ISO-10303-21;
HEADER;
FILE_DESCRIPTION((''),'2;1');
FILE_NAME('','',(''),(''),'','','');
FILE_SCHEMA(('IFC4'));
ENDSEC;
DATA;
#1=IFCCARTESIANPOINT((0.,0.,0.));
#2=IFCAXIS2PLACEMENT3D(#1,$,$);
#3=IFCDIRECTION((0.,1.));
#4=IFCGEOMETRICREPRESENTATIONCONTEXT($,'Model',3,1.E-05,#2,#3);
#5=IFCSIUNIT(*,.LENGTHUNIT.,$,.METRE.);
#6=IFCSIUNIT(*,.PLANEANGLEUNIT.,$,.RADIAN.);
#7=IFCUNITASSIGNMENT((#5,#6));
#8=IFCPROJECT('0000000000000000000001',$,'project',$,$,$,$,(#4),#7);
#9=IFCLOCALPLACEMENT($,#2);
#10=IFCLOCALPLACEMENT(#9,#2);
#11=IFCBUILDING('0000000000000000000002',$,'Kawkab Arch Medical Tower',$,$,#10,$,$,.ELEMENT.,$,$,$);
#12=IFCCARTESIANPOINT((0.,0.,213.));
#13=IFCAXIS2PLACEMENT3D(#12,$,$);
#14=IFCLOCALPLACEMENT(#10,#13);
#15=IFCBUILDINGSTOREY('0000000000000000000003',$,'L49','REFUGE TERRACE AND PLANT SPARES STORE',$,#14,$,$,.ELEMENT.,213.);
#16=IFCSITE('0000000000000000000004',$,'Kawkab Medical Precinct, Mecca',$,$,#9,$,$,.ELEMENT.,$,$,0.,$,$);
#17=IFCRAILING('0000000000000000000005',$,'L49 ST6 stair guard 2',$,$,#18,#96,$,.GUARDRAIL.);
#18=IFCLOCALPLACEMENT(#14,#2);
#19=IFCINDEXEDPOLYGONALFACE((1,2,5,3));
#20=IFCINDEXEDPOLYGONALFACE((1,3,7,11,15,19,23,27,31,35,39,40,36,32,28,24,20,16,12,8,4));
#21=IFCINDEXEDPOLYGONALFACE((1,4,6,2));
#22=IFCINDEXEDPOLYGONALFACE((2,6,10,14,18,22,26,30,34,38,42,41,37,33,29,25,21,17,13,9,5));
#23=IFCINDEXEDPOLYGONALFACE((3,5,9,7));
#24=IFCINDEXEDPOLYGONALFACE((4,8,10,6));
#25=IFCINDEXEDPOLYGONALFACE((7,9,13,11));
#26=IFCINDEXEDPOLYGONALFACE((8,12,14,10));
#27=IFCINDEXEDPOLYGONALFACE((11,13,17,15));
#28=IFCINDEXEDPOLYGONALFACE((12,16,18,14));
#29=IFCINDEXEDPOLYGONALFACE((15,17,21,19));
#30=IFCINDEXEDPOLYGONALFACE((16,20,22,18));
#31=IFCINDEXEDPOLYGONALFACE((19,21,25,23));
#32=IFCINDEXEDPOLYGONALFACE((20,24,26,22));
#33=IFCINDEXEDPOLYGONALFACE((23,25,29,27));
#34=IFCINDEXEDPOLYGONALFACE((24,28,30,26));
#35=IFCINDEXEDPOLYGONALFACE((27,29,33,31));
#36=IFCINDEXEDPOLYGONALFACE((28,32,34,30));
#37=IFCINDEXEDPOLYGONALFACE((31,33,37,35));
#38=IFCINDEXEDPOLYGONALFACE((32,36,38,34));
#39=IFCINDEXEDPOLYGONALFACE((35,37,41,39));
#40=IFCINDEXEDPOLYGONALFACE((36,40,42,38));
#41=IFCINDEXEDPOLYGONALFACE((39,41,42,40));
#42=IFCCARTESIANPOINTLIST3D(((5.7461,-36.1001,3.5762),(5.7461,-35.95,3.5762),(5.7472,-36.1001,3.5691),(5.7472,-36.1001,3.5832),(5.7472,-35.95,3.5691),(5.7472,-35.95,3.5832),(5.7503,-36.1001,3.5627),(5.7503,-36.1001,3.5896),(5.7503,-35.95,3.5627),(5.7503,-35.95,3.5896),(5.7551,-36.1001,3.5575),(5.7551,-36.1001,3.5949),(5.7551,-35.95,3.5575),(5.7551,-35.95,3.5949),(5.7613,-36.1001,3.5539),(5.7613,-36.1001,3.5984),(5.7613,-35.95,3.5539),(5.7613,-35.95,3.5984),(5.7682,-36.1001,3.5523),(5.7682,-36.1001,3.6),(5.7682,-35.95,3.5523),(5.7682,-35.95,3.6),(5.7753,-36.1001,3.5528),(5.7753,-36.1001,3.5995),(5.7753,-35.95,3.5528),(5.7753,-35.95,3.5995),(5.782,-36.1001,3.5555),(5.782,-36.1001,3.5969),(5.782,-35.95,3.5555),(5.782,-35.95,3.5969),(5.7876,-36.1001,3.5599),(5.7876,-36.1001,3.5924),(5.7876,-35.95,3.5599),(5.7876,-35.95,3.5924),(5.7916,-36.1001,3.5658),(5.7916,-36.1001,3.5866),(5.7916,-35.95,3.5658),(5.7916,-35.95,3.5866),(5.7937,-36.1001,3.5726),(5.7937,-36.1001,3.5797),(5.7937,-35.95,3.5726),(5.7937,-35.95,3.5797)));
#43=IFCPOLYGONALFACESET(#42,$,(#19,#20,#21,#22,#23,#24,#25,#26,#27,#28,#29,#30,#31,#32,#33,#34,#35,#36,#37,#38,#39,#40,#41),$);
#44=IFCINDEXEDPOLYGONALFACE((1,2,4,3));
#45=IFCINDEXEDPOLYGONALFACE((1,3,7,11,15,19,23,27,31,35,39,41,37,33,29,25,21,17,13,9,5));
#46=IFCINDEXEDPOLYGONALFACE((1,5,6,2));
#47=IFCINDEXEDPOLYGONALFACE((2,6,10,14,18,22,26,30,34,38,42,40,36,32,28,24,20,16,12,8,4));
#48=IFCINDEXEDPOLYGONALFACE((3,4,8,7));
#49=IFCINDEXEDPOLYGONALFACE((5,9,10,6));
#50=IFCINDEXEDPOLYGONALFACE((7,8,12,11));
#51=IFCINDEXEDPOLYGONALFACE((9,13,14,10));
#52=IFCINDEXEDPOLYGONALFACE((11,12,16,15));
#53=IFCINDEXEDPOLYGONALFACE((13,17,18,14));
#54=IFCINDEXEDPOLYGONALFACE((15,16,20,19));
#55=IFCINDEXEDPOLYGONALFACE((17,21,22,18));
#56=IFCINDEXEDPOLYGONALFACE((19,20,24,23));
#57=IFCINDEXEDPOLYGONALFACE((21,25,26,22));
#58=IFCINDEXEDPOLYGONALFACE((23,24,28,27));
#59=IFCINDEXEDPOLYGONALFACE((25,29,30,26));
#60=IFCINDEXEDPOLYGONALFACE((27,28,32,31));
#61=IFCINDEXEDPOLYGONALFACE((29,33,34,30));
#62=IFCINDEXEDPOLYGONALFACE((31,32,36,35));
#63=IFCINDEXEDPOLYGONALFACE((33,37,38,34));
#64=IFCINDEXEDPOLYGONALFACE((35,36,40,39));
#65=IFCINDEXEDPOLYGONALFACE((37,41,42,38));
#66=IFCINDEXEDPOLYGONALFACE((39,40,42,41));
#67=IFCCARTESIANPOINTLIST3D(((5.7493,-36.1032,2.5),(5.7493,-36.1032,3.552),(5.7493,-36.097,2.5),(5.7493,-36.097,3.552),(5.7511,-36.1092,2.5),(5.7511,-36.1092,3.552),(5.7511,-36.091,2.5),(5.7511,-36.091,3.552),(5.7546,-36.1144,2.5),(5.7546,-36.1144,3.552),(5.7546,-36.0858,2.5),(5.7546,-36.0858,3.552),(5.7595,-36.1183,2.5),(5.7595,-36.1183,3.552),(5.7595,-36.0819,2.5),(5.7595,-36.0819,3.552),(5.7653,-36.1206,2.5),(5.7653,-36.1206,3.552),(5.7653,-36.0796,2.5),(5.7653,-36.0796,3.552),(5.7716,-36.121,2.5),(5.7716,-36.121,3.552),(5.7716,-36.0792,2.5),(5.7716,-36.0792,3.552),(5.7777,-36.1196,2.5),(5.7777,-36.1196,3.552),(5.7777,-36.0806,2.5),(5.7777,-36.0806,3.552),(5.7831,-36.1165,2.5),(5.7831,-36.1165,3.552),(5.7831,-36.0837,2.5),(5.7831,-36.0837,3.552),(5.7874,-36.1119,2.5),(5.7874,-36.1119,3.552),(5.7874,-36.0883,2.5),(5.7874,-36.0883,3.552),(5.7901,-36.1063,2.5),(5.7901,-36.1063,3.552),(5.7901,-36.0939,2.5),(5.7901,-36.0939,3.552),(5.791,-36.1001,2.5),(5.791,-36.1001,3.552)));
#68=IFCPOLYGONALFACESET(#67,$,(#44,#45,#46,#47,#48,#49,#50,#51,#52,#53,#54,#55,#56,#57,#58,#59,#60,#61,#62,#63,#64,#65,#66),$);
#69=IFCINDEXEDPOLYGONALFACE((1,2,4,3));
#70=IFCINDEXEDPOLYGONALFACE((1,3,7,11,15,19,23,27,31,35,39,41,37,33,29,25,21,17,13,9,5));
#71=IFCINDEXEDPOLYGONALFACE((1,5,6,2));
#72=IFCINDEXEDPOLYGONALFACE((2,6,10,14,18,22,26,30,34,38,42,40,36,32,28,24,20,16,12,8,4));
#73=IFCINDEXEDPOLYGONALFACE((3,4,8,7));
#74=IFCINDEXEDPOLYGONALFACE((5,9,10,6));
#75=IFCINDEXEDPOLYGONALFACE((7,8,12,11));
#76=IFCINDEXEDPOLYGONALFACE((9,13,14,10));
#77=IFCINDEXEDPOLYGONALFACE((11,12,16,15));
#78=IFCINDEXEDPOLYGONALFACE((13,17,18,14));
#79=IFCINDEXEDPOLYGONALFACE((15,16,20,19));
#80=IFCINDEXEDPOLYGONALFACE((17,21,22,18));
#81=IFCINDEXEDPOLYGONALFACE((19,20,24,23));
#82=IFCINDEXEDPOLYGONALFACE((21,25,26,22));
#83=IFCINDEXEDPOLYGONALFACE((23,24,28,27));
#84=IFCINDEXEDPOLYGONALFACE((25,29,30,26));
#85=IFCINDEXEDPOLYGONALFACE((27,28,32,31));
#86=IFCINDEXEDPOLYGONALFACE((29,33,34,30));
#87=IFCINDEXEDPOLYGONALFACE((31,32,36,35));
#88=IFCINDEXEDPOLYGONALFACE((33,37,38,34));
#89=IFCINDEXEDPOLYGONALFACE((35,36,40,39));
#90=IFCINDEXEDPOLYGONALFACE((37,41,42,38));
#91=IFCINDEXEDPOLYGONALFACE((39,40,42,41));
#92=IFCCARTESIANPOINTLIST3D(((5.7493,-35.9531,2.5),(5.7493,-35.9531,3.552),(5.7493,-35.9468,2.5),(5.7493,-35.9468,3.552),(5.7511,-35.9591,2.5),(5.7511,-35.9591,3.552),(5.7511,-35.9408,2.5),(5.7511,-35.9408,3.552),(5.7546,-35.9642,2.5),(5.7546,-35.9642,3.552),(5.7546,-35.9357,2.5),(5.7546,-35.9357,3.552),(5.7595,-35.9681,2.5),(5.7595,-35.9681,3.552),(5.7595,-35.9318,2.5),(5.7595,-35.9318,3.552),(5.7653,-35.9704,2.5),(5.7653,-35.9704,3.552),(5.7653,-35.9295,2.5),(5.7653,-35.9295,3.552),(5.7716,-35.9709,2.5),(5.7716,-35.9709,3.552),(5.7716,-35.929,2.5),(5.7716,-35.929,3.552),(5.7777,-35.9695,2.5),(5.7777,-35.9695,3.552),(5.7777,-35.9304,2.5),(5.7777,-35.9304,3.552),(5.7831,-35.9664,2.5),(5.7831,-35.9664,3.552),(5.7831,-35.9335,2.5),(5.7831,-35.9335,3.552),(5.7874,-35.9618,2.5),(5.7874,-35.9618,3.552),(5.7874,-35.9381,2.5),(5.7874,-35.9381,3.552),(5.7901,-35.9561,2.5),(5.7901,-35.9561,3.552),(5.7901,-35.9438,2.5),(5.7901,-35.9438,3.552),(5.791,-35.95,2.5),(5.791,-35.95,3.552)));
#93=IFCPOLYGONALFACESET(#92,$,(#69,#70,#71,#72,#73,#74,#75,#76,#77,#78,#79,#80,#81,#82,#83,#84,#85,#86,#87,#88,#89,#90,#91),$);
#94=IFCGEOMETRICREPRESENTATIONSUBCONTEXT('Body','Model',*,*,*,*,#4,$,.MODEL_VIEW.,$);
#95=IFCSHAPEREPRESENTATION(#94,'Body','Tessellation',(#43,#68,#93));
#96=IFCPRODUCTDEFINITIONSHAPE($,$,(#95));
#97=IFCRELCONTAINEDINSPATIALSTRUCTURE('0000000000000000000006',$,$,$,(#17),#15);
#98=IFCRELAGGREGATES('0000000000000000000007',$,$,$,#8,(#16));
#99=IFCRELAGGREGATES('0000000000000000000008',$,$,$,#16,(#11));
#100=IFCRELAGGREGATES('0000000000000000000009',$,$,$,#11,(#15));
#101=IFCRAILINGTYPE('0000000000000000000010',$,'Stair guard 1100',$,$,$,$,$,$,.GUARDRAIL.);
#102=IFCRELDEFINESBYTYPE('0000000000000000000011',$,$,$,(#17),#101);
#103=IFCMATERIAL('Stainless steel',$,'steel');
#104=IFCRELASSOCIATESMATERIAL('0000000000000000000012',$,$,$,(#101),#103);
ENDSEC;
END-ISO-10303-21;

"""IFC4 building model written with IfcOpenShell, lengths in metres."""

from ifc_helpers import new_model, si_unit, direction, frame, origin, origin_2d, place, context, subcontext, project, spatial, circle, extrude, material, type_object, element, save


model = new_model("IFC4")

# Units and contexts
model_context = context("Model", 3, precision=1e-05, world=origin(), true_north=direction((0.0, 1.0)))
body_context = subcontext(model_context, "Body", "Model", "MODEL_VIEW")
ifc_project = project(units=[si_unit("LENGTHUNIT", "METRE"), si_unit("PLANEANGLEUNIT", "RADIAN")], contexts=[model_context])

# Site, building, storey
site_placement = place(None, origin())
site = spatial("IfcSite", under=ifc_project, at=site_placement, Name="Kawkab Medical Precinct, Mecca", CompositionType="ELEMENT", RefElevation=0.0)
building_placement = place(site_placement, origin())
building = spatial("IfcBuilding", under=site, at=building_placement, Name="Kawkab Arch Medical Tower", CompositionType="ELEMENT")
storey_placement = place(building_placement, frame((0.0, 0.0, 213.0)))
storey = spatial("IfcBuildingStorey", under=building, at=storey_placement, Name="L49", Description="REFUGE TERRACE AND PLANT SPARES STORE", CompositionType="ELEMENT", Elevation=213.0)

# Railing
ifc_material_1 = material(Name="Stainless steel", Category="steel")
railing_type = type_object("IfcRailingType", Name="Stair guard 1100", PredefinedType="GUARDRAIL", material=ifc_material_1)
railing_1_placement = place(storey_placement, frame((5.77, -36.1001, 2.5)))
element("IfcRailing", 1, at=railing_1_placement, inside=storey, type_object=railing_type, Name="L49 ST6 stair guard 2", PredefinedType="GUARDRAIL", context=body_context, shape_type="SweptSolid", body=[
    extrude(circle(Radius=0.0239, at=origin_2d()), frame((0.0, 0.0, 1.0762), z_axis=(0.0, 1.0, 0.0), x_axis=(-1.0, 0.0, 0.0)), (0.0, 0.0, 1.0), 0.1501),
    extrude(circle(Radius=0.021, at=origin_2d()), origin(), (0.0, 0.0, 1.0), 1.052),
    extrude(circle(Radius=0.021, at=origin_2d()), frame((0.0, 0.1501, 0.0)), (0.0, 0.0, 1.0), 1.052),
])

save(model, "model.ifc")
